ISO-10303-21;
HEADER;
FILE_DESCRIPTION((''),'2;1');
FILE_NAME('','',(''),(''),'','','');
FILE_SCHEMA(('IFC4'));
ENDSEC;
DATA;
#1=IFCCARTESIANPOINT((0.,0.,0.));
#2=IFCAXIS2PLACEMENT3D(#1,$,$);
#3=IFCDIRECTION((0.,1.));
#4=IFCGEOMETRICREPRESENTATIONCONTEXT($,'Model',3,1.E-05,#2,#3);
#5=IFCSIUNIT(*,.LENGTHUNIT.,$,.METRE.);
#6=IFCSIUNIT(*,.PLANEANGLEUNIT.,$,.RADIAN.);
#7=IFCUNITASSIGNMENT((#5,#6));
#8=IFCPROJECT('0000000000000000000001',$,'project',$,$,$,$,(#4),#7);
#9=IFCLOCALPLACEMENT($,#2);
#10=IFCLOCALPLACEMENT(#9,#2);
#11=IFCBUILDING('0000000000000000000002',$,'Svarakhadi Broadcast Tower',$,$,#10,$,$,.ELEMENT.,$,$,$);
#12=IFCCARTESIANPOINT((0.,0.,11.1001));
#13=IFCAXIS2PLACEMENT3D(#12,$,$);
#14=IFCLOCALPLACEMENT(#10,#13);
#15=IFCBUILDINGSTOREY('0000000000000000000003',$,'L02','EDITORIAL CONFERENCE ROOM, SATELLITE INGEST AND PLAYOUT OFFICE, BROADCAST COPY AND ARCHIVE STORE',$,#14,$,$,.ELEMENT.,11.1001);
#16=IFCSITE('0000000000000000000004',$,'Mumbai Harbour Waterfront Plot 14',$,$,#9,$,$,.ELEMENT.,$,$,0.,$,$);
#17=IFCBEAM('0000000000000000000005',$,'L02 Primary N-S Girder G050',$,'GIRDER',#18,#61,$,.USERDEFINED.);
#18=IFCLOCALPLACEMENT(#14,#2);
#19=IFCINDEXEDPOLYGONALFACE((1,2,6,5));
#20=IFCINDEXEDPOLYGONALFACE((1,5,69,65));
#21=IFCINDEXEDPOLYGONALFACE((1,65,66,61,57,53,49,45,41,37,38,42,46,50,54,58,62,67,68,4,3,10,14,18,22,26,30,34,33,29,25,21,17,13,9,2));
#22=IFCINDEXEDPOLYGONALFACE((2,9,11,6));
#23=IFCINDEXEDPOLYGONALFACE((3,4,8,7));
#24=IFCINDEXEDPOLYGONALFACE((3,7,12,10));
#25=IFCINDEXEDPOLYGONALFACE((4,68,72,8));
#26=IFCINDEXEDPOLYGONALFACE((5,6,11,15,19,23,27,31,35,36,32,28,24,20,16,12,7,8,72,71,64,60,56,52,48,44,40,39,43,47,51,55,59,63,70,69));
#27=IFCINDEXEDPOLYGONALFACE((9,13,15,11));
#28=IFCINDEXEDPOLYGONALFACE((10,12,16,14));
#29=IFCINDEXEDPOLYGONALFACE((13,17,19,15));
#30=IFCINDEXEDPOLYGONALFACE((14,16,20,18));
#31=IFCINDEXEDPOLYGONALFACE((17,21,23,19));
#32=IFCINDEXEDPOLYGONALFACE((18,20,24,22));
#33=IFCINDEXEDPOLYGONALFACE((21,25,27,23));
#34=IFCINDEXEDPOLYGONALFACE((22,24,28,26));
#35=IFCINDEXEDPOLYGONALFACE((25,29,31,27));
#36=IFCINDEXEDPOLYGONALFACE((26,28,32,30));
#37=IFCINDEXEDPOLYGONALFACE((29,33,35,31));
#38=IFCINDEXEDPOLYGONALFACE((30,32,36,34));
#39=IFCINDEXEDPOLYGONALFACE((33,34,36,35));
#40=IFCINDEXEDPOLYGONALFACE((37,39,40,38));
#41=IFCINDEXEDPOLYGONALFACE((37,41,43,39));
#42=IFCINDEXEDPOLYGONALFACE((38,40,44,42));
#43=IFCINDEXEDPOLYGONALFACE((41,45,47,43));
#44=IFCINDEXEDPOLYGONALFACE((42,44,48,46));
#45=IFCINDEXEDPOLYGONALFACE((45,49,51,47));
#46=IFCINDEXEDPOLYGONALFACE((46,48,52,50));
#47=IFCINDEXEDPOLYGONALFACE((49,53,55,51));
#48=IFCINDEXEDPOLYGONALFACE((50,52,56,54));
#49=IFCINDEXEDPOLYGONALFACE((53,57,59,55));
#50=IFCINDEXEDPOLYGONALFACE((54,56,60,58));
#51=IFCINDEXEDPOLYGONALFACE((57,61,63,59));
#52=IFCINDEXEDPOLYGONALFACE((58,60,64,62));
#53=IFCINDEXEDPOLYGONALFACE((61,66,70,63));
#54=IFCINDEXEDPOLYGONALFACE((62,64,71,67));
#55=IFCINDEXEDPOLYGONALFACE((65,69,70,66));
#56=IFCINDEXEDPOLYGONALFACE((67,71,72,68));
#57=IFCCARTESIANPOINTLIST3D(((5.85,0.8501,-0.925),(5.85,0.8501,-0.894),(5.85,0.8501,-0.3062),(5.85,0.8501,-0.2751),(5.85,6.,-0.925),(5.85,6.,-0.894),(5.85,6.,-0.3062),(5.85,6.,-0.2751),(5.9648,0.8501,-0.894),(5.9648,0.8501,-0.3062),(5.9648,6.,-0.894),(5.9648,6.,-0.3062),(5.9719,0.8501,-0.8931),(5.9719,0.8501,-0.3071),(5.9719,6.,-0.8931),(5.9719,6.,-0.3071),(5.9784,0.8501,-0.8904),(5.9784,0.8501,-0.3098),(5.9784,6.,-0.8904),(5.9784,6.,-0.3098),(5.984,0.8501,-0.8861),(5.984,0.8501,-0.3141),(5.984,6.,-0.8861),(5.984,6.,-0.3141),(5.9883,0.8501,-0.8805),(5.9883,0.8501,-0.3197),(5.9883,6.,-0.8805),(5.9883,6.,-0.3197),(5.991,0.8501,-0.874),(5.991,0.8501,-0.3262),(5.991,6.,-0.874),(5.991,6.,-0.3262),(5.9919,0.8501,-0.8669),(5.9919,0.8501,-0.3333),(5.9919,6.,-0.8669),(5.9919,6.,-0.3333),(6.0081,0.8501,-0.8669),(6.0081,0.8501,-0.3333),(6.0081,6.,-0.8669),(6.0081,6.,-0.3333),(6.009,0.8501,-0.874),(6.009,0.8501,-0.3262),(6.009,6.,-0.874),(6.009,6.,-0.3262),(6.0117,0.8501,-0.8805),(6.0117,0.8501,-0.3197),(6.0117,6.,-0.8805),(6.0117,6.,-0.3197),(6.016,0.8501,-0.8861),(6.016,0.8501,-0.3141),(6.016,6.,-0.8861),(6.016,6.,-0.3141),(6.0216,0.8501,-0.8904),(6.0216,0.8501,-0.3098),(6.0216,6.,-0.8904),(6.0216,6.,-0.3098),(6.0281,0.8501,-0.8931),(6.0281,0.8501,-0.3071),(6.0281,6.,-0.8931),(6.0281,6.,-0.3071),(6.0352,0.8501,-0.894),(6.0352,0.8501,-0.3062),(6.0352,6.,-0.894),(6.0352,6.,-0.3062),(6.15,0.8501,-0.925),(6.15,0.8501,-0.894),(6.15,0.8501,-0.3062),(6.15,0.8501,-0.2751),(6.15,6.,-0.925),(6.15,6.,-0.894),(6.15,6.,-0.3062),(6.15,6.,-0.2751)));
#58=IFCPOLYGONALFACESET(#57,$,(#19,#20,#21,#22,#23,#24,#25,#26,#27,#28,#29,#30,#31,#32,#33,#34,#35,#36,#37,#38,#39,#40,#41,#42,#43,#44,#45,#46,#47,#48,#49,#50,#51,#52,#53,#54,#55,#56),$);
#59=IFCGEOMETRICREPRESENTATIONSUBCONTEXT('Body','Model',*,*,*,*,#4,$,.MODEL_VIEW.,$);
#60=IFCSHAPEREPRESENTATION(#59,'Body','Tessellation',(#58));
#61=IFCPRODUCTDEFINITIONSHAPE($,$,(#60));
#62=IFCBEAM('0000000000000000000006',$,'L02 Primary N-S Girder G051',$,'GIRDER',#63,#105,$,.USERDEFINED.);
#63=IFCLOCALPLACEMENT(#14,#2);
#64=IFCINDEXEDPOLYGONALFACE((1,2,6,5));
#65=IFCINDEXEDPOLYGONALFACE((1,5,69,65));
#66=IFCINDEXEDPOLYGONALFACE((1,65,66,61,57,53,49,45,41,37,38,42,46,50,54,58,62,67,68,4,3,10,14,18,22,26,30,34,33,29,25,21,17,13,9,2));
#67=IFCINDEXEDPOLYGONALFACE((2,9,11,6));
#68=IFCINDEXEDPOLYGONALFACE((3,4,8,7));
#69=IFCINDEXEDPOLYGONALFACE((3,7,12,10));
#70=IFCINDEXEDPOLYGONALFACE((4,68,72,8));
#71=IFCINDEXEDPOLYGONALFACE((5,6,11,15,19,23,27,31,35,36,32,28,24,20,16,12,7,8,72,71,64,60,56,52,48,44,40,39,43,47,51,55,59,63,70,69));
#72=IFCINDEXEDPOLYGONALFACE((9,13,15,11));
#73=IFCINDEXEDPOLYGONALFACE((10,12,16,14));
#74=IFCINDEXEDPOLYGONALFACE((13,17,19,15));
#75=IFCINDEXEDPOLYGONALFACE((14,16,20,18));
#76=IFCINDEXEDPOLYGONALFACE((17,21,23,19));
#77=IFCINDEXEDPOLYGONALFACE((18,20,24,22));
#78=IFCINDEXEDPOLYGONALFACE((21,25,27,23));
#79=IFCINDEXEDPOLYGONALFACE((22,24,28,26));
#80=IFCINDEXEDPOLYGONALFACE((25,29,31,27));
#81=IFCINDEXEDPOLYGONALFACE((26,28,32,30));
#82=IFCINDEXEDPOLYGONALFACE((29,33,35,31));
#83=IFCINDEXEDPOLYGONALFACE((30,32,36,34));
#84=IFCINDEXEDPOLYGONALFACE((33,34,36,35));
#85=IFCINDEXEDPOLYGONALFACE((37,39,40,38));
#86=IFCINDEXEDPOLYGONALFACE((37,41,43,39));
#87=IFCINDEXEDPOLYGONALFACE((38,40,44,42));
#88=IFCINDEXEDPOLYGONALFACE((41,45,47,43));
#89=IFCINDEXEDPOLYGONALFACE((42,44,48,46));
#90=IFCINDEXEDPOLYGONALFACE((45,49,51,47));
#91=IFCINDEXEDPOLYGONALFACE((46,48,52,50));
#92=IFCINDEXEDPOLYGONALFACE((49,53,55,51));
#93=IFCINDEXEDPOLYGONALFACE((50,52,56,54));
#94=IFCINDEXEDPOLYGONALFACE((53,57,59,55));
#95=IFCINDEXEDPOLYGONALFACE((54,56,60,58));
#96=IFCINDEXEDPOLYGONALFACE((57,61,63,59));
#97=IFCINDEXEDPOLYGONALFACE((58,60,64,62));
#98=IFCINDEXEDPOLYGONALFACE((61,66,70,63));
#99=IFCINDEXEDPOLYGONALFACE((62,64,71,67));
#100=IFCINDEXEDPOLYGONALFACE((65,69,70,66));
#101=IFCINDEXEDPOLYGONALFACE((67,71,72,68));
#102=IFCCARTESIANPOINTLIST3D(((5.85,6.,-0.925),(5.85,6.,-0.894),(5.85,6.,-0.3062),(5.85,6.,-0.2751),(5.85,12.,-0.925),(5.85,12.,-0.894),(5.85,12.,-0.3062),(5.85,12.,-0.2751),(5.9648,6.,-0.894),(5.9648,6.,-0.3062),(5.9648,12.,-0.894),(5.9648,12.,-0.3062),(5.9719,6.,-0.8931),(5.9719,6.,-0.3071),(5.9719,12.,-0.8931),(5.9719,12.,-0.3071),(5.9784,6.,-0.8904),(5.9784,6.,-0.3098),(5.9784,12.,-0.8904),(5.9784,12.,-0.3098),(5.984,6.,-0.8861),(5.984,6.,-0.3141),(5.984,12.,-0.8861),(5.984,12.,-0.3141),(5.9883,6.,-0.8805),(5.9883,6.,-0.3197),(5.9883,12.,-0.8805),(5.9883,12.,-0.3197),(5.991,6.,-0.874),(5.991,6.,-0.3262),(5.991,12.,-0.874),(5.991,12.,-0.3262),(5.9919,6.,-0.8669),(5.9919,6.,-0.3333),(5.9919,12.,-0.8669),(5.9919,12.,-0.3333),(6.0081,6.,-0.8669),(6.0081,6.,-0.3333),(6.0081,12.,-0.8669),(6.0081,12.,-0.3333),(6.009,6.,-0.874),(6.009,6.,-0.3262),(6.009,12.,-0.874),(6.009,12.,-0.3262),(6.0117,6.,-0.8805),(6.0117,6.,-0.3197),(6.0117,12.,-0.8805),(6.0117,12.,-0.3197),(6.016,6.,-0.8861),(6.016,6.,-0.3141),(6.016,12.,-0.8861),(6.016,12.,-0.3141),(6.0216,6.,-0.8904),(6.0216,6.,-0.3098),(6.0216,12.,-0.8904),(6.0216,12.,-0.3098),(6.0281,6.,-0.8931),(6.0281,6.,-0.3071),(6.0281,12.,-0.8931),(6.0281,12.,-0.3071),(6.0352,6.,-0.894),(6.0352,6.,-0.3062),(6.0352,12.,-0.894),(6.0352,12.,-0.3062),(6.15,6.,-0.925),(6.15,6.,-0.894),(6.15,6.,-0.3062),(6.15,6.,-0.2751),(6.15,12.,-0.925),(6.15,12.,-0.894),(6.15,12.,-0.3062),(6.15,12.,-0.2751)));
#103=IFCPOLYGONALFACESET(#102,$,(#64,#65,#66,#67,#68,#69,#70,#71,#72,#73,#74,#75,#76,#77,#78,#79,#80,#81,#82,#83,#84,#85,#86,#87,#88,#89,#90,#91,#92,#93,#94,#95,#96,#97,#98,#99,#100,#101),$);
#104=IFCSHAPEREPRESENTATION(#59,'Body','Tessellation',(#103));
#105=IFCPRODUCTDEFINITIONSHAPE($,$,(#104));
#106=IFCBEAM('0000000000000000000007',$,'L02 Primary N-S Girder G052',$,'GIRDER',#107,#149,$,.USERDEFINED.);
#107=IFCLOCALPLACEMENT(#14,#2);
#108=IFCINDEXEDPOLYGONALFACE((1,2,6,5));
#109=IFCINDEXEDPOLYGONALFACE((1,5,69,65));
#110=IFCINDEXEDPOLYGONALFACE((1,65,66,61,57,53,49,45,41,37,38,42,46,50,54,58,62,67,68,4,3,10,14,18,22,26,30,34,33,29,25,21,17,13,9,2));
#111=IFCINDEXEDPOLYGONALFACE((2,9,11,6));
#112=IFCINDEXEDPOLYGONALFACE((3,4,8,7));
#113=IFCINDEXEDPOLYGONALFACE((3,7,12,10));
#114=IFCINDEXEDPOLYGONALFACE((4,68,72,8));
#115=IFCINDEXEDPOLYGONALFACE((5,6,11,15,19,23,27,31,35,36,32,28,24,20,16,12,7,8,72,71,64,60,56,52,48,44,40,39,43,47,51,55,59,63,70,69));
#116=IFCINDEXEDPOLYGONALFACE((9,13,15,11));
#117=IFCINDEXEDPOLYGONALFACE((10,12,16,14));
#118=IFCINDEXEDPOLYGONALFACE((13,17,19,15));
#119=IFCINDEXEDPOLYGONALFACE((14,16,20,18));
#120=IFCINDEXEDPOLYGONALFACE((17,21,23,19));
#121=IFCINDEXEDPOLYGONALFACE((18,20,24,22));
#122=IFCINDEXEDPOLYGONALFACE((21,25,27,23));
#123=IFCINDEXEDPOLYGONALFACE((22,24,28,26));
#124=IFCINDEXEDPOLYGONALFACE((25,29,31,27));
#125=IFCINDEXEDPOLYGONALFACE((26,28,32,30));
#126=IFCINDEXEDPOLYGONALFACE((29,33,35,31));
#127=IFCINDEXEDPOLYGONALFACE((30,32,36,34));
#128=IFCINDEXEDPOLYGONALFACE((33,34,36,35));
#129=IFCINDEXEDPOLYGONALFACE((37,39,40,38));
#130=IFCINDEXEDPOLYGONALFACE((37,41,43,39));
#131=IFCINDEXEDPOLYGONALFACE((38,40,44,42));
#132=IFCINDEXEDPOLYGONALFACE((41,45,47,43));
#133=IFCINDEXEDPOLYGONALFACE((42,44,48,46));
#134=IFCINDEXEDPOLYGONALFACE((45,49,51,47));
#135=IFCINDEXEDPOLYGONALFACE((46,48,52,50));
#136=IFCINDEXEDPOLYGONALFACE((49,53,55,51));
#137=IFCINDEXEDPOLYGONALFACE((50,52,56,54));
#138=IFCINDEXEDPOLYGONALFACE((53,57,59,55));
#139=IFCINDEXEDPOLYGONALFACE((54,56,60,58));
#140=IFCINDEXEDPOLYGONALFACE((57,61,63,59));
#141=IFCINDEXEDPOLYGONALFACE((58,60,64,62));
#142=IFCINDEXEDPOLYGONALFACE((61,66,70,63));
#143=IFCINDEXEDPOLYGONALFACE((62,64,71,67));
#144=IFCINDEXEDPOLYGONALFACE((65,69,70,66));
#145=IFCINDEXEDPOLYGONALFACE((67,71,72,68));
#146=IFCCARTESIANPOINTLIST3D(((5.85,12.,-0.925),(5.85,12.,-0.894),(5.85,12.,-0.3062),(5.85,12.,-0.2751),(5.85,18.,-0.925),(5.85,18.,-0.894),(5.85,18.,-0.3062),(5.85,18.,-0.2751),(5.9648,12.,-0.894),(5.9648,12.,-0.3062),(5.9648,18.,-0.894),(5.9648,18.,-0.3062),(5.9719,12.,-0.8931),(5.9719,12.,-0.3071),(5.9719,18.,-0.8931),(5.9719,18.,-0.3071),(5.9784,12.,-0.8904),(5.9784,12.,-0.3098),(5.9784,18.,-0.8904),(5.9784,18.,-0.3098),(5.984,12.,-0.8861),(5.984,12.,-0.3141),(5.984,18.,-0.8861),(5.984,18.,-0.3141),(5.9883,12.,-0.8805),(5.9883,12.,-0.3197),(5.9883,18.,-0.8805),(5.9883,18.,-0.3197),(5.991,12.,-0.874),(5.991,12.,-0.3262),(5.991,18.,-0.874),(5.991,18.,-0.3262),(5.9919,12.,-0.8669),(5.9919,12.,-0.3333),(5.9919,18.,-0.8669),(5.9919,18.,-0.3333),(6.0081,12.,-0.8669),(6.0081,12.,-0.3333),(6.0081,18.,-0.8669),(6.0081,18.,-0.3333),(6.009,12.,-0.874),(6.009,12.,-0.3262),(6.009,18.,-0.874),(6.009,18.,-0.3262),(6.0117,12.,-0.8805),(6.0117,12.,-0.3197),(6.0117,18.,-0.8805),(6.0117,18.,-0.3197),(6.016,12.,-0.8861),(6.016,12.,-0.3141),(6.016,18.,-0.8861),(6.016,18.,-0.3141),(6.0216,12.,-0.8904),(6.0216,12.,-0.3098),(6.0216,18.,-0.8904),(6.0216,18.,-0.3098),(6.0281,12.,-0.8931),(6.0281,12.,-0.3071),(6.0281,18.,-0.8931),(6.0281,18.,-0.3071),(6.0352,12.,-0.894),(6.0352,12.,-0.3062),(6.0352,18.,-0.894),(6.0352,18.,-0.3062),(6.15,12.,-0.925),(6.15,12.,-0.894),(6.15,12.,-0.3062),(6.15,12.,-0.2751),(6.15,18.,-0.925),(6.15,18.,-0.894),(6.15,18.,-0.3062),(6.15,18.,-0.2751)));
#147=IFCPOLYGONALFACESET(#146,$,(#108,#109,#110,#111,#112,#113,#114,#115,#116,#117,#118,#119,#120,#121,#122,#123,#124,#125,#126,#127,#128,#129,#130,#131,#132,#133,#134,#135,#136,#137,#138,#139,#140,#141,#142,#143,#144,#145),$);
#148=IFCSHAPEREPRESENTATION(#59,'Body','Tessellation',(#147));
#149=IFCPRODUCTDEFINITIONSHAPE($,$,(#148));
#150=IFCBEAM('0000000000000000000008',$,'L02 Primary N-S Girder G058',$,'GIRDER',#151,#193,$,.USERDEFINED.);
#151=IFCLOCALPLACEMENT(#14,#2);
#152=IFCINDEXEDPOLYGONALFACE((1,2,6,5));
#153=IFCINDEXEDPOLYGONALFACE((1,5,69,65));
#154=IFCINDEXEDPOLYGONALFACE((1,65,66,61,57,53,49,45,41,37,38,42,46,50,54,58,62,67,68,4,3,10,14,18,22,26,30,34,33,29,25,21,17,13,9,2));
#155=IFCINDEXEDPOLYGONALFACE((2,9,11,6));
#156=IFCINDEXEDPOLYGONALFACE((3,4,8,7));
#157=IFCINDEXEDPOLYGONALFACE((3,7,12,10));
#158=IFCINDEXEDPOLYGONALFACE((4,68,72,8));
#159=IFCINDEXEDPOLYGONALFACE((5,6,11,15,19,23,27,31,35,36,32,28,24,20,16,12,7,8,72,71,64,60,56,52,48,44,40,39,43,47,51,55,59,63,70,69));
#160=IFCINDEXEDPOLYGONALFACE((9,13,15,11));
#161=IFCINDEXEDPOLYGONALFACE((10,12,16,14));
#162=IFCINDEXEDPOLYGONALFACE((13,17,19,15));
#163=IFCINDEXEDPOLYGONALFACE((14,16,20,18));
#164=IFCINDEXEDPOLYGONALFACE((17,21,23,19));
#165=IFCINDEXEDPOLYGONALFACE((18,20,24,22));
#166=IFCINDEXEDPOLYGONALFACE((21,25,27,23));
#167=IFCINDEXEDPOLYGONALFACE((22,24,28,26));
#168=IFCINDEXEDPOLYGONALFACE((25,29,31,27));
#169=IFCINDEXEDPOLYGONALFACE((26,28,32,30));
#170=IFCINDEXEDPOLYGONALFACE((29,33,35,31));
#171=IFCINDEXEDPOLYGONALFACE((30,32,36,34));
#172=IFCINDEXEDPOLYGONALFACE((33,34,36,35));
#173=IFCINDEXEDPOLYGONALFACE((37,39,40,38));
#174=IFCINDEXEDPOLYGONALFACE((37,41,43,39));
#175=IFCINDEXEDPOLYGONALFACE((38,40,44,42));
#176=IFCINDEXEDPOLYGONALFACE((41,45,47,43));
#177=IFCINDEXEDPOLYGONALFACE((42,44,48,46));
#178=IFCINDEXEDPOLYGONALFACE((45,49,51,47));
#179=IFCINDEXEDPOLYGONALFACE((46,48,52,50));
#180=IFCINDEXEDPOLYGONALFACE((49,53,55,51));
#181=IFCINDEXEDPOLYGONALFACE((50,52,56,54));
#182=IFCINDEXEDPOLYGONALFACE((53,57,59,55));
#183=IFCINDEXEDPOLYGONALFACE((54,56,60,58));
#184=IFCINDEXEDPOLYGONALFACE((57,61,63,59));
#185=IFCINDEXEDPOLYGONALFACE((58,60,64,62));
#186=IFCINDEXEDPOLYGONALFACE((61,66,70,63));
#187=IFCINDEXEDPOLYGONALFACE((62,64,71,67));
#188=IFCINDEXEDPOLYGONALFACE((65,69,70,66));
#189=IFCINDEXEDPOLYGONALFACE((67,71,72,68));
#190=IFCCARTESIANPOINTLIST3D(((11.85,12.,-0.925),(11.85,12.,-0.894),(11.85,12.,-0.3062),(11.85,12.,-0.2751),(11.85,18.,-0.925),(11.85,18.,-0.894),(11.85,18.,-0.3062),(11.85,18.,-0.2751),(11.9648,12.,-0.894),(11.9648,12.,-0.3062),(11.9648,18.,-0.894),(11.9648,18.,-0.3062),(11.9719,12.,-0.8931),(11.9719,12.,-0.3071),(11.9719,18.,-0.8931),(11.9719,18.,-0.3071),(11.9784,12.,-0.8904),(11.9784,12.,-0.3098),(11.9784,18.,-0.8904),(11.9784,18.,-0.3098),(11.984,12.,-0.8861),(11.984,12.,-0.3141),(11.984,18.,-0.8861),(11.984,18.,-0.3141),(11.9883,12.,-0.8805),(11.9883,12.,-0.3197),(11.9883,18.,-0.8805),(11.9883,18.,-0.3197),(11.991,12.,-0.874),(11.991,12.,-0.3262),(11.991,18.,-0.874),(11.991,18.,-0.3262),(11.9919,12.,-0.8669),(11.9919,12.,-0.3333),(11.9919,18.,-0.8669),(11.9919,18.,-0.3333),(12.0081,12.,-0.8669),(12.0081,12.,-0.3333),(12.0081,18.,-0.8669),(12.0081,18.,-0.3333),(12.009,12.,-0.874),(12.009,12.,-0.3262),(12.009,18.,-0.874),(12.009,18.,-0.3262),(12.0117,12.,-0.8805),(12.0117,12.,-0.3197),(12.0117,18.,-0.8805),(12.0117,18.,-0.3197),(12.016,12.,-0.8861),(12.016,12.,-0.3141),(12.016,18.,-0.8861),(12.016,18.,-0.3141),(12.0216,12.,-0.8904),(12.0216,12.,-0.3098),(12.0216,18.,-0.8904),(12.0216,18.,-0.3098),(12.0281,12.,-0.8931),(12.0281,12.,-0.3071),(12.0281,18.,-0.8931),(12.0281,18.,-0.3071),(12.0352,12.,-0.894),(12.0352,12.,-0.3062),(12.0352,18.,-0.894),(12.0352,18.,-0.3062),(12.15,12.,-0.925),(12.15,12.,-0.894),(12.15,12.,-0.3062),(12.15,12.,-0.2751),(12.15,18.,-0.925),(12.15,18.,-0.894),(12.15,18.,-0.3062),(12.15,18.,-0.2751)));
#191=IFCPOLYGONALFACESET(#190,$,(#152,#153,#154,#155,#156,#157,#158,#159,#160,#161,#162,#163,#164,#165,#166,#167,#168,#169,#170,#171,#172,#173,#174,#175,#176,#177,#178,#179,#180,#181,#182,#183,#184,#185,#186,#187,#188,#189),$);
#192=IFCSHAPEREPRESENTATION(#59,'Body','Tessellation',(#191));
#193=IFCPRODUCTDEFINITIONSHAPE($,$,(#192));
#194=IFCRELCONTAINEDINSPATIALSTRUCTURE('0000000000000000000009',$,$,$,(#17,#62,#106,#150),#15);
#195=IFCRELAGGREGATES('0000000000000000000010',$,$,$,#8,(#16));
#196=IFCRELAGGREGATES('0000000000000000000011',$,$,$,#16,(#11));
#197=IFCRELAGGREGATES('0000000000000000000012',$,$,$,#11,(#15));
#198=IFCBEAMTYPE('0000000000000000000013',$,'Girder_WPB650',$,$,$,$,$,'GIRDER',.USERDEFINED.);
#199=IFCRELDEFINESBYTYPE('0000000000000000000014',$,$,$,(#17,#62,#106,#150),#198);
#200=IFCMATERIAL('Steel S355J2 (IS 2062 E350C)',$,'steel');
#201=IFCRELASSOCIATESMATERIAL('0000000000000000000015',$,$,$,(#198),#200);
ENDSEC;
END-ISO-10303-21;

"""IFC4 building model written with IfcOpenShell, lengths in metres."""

from ifc_helpers import new_model, si_unit, direction, frame, origin, origin_2d, place, context, subcontext, project, spatial, i_section, extrude, material, material_profile, profile_set, type_object, element, save


model = new_model("IFC4")

# Units and contexts
model_context = context("Model", 3, precision=1e-05, world=origin(), true_north=direction((0.0, 1.0)))
body_context = subcontext(model_context, "Body", "Model", "MODEL_VIEW")
ifc_project = project(units=[si_unit("LENGTHUNIT", "METRE"), si_unit("PLANEANGLEUNIT", "RADIAN")], contexts=[model_context])

# Site, building, storey
site_placement = place(None, origin())
site = spatial("IfcSite", under=ifc_project, at=site_placement, Name="Mumbai Harbour Waterfront Plot 14", CompositionType="ELEMENT", RefElevation=0.0)
building_placement = place(site_placement, origin())
building = spatial("IfcBuilding", under=site, at=building_placement, Name="Svarakhadi Broadcast Tower", CompositionType="ELEMENT")
storey_placement = place(building_placement, frame((0.0, 0.0, 11.1001)))
storey = spatial("IfcBuildingStorey", under=building, at=storey_placement, Name="L02", Description="EDITORIAL CONFERENCE ROOM, SATELLITE INGEST AND PLAYOUT OFFICE, BROADCAST COPY AND ARCHIVE STORE", CompositionType="ELEMENT", Elevation=11.1001)

# Shared definitions
ifc_material_1 = material(Name="Steel S355J2 (IS 2062 E350C)", Category="steel")

# Beams
ifc_material_profile_1 = material_profile(ifc_material_1, i_section(OverallWidth=0.3, OverallDepth=0.6499, WebThickness=0.0161, FlangeThickness=0.031, FilletRadius=0.0271, at=origin_2d()), Name="WPB 650x300x225")
ifc_profile_set_1 = profile_set([ifc_material_profile_1], Name="Steel S355J2 (IS 2062 E350C)")
beam_type_1 = type_object("IfcBeamType", Name="Girder_WPB650", ElementType="GIRDER", PredefinedType="USERDEFINED", material=ifc_profile_set_1)
beam_1_placement = place(storey_placement, frame((6.0, 0.8501, -0.6001), z_axis=(0.0, 1.0, 0.0), x_axis=(-1.0, 0.0, 0.0)))
element("IfcBeam", 1, at=beam_1_placement, inside=storey, type_object=beam_type_1, Name="L02 Primary N-S Girder G050", ObjectType="GIRDER", PredefinedType="USERDEFINED", context=body_context, shape_type="SweptSolid", body=[
    extrude(i_section(OverallWidth=0.3, OverallDepth=0.6499, WebThickness=0.0161, FlangeThickness=0.031, FilletRadius=0.0271, at=origin_2d()), origin(), (0.0, 0.0, 1.0), 5.1499),
])
for number, where, z_axis, x_axis, name in (
    (2, (6.0, 6.0, -0.6001), (0.0, 1.0, 0.0), (-1.0, 0.0, 0.0), "L02 Primary N-S Girder G051"),
    (3, (6.0, 12.0, -0.6001), (0.0, 1.0, 0.0), (-1.0, 0.0, 0.0), "L02 Primary N-S Girder G052"),
    (4, (12.0, 12.0, -0.6001), (0.0, 1.0, 0.0), (-1.0, 0.0, 0.0), "L02 Primary N-S Girder G058"),
):
    element("IfcBeam", number, at=place(storey_placement, frame(where, z_axis=z_axis, x_axis=x_axis)), inside=storey, type_object=beam_type_1, Name=name, ObjectType="GIRDER", PredefinedType="USERDEFINED", context=body_context, shape_type="SweptSolid", body=[
        extrude(i_section(OverallWidth=0.3, OverallDepth=0.6499, WebThickness=0.0161, FlangeThickness=0.031, FilletRadius=0.0271, at=origin_2d()), origin(), (0.0, 0.0, 1.0), 6.0),
    ])

save(model, "model.ifc")
